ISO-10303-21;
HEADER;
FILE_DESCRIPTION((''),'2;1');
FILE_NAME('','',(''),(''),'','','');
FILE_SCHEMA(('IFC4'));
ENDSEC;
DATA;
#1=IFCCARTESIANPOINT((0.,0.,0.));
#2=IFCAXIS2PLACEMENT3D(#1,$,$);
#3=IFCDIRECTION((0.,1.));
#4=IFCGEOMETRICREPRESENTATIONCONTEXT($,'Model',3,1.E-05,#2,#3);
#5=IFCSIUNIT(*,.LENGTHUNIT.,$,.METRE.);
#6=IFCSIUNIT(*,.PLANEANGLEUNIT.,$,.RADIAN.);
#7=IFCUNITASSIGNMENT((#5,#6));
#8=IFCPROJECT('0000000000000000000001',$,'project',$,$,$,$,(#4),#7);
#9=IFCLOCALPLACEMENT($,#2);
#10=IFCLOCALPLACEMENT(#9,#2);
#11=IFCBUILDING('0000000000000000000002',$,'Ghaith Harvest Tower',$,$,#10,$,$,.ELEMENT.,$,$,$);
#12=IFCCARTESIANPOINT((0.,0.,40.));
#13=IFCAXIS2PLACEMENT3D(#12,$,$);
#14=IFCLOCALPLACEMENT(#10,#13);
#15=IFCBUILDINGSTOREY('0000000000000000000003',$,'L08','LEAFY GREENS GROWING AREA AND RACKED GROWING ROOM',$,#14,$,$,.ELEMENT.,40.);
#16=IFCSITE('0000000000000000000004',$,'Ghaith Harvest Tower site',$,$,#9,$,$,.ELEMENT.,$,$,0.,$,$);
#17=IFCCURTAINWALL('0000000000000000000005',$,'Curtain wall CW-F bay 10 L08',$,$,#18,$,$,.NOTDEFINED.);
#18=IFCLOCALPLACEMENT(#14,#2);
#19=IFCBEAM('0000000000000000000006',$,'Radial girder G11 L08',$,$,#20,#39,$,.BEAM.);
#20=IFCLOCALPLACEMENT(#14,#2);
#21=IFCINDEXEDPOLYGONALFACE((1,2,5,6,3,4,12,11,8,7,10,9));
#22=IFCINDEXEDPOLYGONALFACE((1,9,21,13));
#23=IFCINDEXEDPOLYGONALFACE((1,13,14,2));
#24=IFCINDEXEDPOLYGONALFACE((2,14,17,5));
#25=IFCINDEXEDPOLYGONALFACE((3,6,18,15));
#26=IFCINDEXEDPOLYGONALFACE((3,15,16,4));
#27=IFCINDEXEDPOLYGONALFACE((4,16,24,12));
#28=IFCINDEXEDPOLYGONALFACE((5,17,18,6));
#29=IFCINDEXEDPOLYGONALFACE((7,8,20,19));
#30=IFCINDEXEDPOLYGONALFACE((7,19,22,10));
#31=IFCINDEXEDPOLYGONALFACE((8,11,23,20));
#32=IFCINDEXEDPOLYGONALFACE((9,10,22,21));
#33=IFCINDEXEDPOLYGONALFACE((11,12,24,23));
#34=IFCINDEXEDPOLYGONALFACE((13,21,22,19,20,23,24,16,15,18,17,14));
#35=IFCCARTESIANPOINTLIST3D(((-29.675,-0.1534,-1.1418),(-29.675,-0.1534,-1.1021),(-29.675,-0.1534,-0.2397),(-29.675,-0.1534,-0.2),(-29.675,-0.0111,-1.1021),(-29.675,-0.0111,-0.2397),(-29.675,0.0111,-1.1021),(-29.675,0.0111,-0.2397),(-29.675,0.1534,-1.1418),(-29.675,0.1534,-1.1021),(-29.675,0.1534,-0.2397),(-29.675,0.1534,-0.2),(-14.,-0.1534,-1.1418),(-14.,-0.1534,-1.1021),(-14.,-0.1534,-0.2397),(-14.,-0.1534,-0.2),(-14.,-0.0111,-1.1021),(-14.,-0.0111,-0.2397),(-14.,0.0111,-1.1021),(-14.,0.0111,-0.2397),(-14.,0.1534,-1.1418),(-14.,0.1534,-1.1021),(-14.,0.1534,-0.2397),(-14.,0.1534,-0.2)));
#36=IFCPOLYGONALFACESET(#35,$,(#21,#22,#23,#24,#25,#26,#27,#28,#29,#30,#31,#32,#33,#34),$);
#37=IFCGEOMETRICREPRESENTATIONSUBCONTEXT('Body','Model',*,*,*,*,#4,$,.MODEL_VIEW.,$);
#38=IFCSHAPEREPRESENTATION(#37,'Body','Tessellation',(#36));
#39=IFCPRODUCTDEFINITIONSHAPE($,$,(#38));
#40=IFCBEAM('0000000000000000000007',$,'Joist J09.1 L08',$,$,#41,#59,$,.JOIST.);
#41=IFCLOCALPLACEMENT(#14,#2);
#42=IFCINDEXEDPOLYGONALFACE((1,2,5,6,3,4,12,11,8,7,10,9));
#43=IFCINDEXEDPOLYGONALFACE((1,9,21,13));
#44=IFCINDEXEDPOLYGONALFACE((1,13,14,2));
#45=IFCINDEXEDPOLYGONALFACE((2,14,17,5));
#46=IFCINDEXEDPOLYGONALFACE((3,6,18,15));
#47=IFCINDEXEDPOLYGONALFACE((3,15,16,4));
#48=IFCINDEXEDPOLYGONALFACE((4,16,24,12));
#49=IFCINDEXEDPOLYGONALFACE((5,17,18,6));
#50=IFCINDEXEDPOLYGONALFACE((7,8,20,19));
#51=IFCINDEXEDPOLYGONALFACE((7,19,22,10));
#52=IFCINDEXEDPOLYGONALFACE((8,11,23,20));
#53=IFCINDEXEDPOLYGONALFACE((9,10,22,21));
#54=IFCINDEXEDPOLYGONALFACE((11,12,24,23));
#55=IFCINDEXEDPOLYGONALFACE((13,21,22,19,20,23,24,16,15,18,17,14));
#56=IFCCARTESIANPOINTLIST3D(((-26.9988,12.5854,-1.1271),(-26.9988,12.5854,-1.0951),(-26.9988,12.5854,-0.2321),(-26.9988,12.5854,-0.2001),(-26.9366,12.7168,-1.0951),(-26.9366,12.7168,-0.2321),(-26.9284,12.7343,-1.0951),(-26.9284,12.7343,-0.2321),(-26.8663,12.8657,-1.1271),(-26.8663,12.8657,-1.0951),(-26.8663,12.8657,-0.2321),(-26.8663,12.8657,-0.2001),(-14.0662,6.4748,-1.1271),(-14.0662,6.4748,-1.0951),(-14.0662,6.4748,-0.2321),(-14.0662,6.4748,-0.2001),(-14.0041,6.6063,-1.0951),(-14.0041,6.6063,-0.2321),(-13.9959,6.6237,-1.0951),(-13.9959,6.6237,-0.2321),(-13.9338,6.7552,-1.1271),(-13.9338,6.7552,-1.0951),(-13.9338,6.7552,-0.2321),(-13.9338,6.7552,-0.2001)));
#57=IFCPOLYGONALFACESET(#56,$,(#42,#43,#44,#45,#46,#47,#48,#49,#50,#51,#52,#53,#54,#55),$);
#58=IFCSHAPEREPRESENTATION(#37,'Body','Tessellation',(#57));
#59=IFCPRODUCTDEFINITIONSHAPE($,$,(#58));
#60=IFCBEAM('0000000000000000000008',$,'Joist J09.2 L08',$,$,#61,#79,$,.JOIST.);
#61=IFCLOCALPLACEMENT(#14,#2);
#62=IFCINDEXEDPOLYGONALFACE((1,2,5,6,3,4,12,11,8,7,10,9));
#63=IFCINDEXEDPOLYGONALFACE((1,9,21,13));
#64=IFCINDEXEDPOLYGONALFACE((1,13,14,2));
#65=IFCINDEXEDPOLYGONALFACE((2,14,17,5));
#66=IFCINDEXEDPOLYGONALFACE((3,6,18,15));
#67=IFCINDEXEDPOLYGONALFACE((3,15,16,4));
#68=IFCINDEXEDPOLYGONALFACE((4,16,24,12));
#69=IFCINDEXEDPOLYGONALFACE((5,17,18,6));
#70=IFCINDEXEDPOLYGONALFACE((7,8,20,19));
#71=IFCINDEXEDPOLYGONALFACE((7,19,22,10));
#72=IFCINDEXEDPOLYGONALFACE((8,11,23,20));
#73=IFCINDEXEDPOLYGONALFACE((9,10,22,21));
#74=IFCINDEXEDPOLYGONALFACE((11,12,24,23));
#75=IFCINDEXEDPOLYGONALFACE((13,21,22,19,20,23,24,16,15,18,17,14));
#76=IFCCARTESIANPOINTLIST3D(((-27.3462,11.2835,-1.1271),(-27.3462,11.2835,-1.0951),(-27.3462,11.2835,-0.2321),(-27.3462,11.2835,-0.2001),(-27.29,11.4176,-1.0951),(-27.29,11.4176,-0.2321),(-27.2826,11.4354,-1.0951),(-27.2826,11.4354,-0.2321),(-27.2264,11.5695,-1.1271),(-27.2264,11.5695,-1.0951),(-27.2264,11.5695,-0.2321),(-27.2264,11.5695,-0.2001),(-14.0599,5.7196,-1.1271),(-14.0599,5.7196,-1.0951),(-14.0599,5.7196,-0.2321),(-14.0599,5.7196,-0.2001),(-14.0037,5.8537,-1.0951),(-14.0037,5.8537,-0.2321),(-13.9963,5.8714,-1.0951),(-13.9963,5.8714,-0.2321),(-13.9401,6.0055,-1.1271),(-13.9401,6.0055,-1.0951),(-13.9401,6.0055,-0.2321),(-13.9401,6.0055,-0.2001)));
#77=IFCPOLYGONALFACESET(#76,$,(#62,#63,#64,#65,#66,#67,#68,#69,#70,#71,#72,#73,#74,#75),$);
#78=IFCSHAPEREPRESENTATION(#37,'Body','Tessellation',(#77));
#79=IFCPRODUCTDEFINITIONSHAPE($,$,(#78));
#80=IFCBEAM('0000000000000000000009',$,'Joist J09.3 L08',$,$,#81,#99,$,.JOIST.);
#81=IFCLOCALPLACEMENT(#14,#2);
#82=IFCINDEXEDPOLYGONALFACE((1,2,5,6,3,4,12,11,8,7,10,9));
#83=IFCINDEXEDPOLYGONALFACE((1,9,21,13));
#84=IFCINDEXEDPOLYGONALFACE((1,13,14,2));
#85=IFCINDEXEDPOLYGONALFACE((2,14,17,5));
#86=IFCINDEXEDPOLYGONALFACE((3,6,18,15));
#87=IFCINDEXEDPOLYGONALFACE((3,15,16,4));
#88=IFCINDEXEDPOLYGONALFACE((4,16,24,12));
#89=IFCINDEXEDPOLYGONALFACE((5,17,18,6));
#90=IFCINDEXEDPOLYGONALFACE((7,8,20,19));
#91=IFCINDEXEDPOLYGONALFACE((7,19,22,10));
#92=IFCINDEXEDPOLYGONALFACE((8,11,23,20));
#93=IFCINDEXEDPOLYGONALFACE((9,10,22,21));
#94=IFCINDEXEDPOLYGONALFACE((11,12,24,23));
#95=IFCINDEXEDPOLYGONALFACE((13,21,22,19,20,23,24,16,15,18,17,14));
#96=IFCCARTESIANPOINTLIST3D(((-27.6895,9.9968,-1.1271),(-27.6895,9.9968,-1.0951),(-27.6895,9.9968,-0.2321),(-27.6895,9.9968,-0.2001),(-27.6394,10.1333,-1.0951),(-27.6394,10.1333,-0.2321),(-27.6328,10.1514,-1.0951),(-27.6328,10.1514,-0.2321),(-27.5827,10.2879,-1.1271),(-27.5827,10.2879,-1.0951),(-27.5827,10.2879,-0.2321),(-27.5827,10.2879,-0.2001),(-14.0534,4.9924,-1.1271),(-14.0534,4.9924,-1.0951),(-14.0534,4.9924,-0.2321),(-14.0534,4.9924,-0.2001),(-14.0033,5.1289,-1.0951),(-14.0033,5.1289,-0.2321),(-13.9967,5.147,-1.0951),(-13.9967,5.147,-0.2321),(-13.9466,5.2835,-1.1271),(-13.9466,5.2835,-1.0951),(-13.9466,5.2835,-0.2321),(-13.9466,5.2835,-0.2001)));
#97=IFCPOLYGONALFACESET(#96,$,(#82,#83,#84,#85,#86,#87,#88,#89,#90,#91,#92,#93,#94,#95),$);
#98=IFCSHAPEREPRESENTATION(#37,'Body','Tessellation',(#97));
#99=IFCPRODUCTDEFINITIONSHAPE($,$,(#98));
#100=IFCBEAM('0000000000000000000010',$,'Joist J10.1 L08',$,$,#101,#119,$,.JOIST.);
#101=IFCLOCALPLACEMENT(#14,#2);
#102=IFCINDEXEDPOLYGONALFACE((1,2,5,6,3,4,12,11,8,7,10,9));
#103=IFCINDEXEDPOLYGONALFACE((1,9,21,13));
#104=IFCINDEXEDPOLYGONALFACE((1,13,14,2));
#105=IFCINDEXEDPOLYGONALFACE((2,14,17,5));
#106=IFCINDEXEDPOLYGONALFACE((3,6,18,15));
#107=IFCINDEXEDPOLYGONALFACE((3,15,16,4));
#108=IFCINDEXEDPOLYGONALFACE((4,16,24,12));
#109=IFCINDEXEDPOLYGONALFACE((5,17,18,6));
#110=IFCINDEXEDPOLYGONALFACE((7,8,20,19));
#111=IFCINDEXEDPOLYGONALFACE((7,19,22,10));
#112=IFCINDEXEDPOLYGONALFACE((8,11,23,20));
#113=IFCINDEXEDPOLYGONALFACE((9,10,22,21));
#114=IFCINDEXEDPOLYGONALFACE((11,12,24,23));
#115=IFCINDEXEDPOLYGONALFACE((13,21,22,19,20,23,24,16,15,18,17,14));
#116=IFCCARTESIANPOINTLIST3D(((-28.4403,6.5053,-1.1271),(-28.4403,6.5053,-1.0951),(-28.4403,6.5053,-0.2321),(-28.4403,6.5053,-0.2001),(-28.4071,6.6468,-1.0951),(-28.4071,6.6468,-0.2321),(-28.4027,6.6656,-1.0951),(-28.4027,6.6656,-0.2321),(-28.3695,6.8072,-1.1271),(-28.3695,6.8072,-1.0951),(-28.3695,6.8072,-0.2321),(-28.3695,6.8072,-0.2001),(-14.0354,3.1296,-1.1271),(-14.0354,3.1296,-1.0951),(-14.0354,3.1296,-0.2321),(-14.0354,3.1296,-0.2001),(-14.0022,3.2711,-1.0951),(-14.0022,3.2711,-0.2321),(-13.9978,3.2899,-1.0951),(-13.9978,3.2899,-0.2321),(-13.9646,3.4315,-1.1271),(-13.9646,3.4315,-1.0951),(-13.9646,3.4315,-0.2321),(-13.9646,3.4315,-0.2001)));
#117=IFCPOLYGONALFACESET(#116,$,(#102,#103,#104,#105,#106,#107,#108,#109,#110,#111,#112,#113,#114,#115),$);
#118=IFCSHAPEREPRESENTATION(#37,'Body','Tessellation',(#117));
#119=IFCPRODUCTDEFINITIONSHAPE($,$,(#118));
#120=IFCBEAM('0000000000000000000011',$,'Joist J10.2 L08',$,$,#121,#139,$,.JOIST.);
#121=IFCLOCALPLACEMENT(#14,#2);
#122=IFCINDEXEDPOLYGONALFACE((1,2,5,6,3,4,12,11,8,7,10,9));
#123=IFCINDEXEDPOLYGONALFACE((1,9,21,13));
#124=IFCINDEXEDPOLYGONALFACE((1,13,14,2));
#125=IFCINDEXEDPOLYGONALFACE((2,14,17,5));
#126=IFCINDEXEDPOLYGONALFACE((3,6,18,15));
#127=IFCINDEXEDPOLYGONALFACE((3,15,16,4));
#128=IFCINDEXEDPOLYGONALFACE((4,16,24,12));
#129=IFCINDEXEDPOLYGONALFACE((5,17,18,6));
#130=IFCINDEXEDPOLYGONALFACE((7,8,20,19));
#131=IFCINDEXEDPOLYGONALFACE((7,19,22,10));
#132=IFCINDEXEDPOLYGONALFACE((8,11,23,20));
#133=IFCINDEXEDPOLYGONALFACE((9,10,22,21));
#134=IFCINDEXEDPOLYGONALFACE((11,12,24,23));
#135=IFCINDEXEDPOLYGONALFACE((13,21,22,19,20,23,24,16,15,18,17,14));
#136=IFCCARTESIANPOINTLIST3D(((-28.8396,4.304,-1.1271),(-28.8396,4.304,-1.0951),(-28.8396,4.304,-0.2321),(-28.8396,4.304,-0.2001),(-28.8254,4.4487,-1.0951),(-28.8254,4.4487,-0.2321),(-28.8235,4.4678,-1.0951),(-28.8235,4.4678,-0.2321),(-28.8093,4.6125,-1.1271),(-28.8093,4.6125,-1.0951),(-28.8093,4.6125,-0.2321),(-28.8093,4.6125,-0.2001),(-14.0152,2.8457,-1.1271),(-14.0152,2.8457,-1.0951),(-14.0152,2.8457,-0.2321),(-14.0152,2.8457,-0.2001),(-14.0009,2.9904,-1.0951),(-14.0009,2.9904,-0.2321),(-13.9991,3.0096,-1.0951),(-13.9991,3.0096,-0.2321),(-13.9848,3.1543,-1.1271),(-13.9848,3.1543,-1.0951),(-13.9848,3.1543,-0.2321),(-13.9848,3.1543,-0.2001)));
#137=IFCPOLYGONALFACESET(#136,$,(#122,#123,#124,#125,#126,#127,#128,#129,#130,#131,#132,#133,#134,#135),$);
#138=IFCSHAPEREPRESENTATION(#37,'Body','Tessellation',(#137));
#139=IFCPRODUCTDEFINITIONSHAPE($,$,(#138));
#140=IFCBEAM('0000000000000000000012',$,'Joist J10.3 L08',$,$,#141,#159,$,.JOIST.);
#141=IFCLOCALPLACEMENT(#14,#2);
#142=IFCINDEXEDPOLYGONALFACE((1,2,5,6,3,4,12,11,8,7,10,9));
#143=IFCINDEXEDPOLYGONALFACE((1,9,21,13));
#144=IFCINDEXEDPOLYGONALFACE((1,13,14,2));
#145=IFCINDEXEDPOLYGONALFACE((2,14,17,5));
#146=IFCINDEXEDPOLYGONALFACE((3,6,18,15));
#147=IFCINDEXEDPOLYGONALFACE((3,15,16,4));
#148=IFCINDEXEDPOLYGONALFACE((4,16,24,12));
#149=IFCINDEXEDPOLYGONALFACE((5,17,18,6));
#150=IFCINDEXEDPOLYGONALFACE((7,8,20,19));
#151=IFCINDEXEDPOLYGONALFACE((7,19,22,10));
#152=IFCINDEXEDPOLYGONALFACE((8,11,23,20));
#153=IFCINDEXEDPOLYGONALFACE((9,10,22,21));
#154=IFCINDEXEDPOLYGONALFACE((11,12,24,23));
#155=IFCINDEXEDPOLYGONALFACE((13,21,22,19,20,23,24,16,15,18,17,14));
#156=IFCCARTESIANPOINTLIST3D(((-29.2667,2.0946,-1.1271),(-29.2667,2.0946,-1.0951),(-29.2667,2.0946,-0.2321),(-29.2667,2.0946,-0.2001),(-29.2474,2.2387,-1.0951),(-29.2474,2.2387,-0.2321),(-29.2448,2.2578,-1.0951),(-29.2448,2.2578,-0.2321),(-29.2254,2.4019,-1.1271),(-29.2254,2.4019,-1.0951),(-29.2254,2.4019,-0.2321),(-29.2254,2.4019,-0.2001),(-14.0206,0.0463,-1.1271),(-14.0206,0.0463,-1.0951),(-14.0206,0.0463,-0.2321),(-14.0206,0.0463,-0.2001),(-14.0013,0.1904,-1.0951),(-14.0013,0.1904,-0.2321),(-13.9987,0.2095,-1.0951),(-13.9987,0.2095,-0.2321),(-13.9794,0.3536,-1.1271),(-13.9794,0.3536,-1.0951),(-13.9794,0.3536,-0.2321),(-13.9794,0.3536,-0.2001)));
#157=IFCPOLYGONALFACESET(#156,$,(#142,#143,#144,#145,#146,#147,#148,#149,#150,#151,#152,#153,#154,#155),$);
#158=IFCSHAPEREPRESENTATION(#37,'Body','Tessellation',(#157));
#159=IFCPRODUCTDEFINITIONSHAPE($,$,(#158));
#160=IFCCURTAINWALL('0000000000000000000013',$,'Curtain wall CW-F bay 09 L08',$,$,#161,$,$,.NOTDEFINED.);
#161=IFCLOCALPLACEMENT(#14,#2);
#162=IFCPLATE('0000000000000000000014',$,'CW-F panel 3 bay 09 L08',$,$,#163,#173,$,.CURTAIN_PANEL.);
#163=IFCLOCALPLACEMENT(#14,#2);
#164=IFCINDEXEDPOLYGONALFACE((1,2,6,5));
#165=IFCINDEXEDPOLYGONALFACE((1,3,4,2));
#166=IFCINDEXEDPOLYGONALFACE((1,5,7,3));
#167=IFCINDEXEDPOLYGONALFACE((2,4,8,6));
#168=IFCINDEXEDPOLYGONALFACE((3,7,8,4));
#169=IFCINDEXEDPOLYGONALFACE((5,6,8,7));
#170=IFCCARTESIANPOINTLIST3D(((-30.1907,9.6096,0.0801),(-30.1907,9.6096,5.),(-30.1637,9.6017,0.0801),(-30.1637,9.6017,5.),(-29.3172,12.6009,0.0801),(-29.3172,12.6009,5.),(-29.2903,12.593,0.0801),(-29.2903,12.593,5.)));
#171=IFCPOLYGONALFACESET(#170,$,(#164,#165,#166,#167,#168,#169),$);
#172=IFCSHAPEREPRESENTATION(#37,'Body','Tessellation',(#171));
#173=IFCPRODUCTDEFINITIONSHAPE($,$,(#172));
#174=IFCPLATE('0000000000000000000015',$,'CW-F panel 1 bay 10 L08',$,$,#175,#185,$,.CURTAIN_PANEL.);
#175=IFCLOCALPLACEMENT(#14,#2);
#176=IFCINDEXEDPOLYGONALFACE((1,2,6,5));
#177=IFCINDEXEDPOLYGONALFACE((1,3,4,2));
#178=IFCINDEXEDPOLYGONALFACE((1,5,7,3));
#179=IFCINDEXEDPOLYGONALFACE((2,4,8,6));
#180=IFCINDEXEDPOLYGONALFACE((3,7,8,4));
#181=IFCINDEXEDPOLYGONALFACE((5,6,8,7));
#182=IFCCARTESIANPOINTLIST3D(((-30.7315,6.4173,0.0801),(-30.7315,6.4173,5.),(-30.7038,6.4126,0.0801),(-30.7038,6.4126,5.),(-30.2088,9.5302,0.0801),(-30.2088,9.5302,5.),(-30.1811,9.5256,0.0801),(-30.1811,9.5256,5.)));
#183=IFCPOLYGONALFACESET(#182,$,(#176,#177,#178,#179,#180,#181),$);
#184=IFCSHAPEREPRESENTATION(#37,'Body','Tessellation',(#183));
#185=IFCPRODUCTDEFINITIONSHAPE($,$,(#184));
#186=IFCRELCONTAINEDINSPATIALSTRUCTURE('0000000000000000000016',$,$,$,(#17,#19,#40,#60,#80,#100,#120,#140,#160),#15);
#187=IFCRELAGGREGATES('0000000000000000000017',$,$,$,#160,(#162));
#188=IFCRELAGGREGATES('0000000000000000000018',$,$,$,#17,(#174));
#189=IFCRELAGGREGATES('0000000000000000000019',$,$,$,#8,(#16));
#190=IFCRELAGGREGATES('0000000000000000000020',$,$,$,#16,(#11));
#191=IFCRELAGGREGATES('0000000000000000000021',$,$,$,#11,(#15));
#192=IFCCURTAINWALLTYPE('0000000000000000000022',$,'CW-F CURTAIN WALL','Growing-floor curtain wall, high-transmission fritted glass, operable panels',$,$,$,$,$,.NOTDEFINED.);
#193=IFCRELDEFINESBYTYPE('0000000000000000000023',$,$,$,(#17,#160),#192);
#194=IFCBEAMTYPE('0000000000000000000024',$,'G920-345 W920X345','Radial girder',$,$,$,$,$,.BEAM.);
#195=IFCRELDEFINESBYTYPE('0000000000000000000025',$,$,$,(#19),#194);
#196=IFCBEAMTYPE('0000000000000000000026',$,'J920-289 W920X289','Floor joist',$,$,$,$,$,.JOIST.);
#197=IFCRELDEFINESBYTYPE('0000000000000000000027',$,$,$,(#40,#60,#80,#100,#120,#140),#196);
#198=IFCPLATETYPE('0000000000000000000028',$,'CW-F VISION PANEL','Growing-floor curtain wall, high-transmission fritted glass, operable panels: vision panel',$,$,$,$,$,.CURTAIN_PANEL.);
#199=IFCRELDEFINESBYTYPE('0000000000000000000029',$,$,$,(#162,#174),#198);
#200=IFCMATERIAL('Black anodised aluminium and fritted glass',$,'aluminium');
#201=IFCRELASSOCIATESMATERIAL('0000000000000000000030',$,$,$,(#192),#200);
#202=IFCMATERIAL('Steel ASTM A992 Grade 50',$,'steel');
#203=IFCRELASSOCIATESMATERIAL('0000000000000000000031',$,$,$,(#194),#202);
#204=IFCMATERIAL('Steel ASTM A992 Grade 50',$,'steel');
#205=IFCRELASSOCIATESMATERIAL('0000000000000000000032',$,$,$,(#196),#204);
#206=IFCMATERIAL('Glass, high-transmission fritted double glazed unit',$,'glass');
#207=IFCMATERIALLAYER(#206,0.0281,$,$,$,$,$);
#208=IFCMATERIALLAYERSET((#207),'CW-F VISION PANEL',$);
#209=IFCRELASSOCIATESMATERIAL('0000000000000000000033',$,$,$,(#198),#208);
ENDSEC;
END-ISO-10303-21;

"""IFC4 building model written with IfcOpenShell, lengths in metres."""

from ifc_helpers import new_model, si_unit, direction, frame, origin, origin_2d, place, context, subcontext, project, spatial, rectangle, i_section, extrude, material, layer, layer_set, material_profile, profile_set, type_object, element, aggregate, save


model = new_model("IFC4")

# Units and contexts
model_context = context("Model", 3, precision=1e-05, world=origin(), true_north=direction((0.0, 1.0)))
body_context = subcontext(model_context, "Body", "Model", "MODEL_VIEW")
ifc_project = project(units=[si_unit("LENGTHUNIT", "METRE"), si_unit("PLANEANGLEUNIT", "RADIAN")], contexts=[model_context])

# Site, building, storey
site_placement = place(None, origin())
site = spatial("IfcSite", under=ifc_project, at=site_placement, Name="Ghaith Harvest Tower site", CompositionType="ELEMENT", RefElevation=0.0)
building_placement = place(site_placement, origin())
building = spatial("IfcBuilding", under=site, at=building_placement, Name="Ghaith Harvest Tower", CompositionType="ELEMENT")
storey_placement = place(building_placement, frame((0.0, 0.0, 40.0)))
storey = spatial("IfcBuildingStorey", under=building, at=storey_placement, Name="L08", Description="LEAFY GREENS GROWING AREA AND RACKED GROWING ROOM", CompositionType="ELEMENT", Elevation=40.0)

# Curtain wall
ifc_material_1 = material(Name="Black anodised aluminium and fritted glass", Category="aluminium")
curtain_wall_type = type_object("IfcCurtainWallType", Name="CW-F CURTAIN WALL", Description="Growing-floor curtain wall, high-transmission fritted glass, operable panels", PredefinedType="NOTDEFINED", material=ifc_material_1)
curtain_wall_1_placement = place(storey_placement, origin())
curtain_wall_1 = element("IfcCurtainWall", 1, at=curtain_wall_1_placement, inside=storey, type_object=curtain_wall_type, Name="Curtain wall CW-F bay 10 L08", PredefinedType="NOTDEFINED")

# Beams
ifc_material_2 = material(Name="Steel ASTM A992 Grade 50", Category="steel")
ifc_material_profile_1 = material_profile(ifc_material_2, i_section(OverallWidth=0.3069, OverallDepth=0.9419, WebThickness=0.0222, FlangeThickness=0.0398, at=origin_2d()), Name="W920X345")
ifc_profile_set_1 = profile_set([ifc_material_profile_1], Name="Steel ASTM A992 Grade 50")
beam_type_1 = type_object("IfcBeamType", Name="G920-345 W920X345", Description="Radial girder", PredefinedType="BEAM", material=ifc_profile_set_1)
beam_1_placement = place(storey_placement, frame((-14.0, 0.0, -0.6709), z_axis=(-1.0, 0.0, 0.0), x_axis=(0.0, -1.0, 0.0)))
element("IfcBeam", 2, at=beam_1_placement, inside=storey, type_object=beam_type_1, Name="Radial girder G11 L08", PredefinedType="BEAM", context=body_context, shape_type="SweptSolid", body=[
    extrude(i_section(OverallWidth=0.3069, OverallDepth=0.9419, WebThickness=0.0222, FlangeThickness=0.0398, at=origin_2d()), origin(), (0.0, 0.0, 1.0), 15.675),
])
ifc_material_3 = material(Name="Steel ASTM A992 Grade 50", Category="steel")
ifc_material_profile_2 = material_profile(ifc_material_3, i_section(OverallWidth=0.3101, OverallDepth=0.927, WebThickness=0.0193, FlangeThickness=0.032, at=origin_2d()), Name="W920X289")
ifc_profile_set_2 = profile_set([ifc_material_profile_2], Name="Steel ASTM A992 Grade 50")
beam_type_2 = type_object("IfcBeamType", Name="J920-289 W920X289", Description="Floor joist", PredefinedType="JOIST", material=ifc_profile_set_2)
beam_2_placement = place(storey_placement, frame((-14.0, 6.615, -0.6636), z_axis=(-0.904153, 0.427208, 0.0), x_axis=(-0.427208, -0.904153, 0.0)))
element("IfcBeam", 3, at=beam_2_placement, inside=storey, type_object=beam_type_2, Name="Joist J09.1 L08", PredefinedType="JOIST", context=body_context, shape_type="SweptSolid", body=[
    extrude(i_section(OverallWidth=0.3101, OverallDepth=0.927, WebThickness=0.0193, FlangeThickness=0.032, at=origin_2d()), origin(), (0.0, 0.0, 1.0), 14.3035),
])
beam_3_placement = place(storey_placement, frame((-14.0, 5.8625, -0.6636), z_axis=(-0.922386, 0.38627, 0.0), x_axis=(-0.38627, -0.922386, 0.0)))
element("IfcBeam", 4, at=beam_3_placement, inside=storey, type_object=beam_type_2, Name="Joist J09.2 L08", PredefinedType="JOIST", context=body_context, shape_type="SweptSolid", body=[
    extrude(i_section(OverallWidth=0.3101, OverallDepth=0.927, WebThickness=0.0193, FlangeThickness=0.032, at=origin_2d()), origin(), (0.0, 0.0, 1.0), 14.4043),
])
beam_4_placement = place(storey_placement, frame((-14.0, 5.1379, -0.6636), z_axis=(-0.938775, 0.34453, 0.0), x_axis=(-0.34453, -0.938775, 0.0)))
element("IfcBeam", 5, at=beam_4_placement, inside=storey, type_object=beam_type_2, Name="Joist J09.3 L08", PredefinedType="JOIST", context=body_context, shape_type="SweptSolid", body=[
    extrude(i_section(OverallWidth=0.3101, OverallDepth=0.927, WebThickness=0.0193, FlangeThickness=0.032, at=origin_2d()), origin(), (0.0, 0.0, 1.0), 14.5254),
])
beam_5_placement = place(storey_placement, frame((-14.0, 3.2805, -0.6636), z_axis=(-0.973623, 0.228163, 0.0), x_axis=(-0.228163, -0.973623, 0.0)))
element("IfcBeam", 6, at=beam_5_placement, inside=storey, type_object=beam_type_2, Name="Joist J10.1 L08", PredefinedType="JOIST", context=body_context, shape_type="SweptSolid", body=[
    extrude(i_section(OverallWidth=0.3101, OverallDepth=0.927, WebThickness=0.0193, FlangeThickness=0.032, at=origin_2d()), origin(), (0.0, 0.0, 1.0), 14.7952),
])
beam_6_placement = place(storey_placement, frame((-14.0, 3.0, -0.6636), z_axis=(-0.995197, 0.097895, 0.0), x_axis=(-0.097895, -0.995197, 0.0)))
element("IfcBeam", 7, at=beam_6_placement, inside=storey, type_object=beam_type_2, Name="Joist J10.2 L08", PredefinedType="JOIST", context=body_context, shape_type="SweptSolid", body=[
    extrude(i_section(OverallWidth=0.3101, OverallDepth=0.927, WebThickness=0.0193, FlangeThickness=0.032, at=origin_2d()), origin(), (0.0, 0.0, 1.0), 14.896),
])
beam_7_placement = place(storey_placement, frame((-14.0, 0.2, -0.6636), z_axis=(-0.991095, 0.133155, 0.0), x_axis=(-0.133155, -0.991095, 0.0)))
element("IfcBeam", 8, at=beam_7_placement, inside=storey, type_object=beam_type_2, Name="Joist J10.3 L08", PredefinedType="JOIST", context=body_context, shape_type="SweptSolid", body=[
    extrude(i_section(OverallWidth=0.3101, OverallDepth=0.927, WebThickness=0.0193, FlangeThickness=0.032, at=origin_2d()), origin(), (0.0, 0.0, 1.0), 15.3831),
])

# Curtain wall, plate
curtain_wall_2_placement = place(storey_placement, origin())
curtain_wall_2 = element("IfcCurtainWall", 9, at=curtain_wall_2_placement, inside=storey, type_object=curtain_wall_type, Name="Curtain wall CW-F bay 09 L08", PredefinedType="NOTDEFINED")
ifc_material_4 = material(Name="Glass, high-transmission fritted double glazed unit", Category="glass")
ifc_layer_1 = layer(ifc_material_4, 0.0281)
ifc_layer_set_1 = layer_set([ifc_layer_1], Name="CW-F VISION PANEL")
plate_type = type_object("IfcPlateType", Name="CW-F VISION PANEL", Description="Growing-floor curtain wall, high-transmission fritted glass, operable panels: vision panel", PredefinedType="CURTAIN_PANEL", material=ifc_layer_set_1)
plate_1_placement = place(storey_placement, frame((-29.7405, 11.1013, 0.0801), z_axis=(0.0, 0.0, 1.0), x_axis=(-0.280297, -0.959913, 0.0)))
plate_1 = element("IfcPlate", 10, at=plate_1_placement, type_object=plate_type, Name="CW-F panel 3 bay 09 L08", PredefinedType="CURTAIN_PANEL", context=body_context, shape_type="SweptSolid", body=[
    extrude(rectangle(XDim=3.1162, YDim=0.0281, at=origin_2d()), origin(), (0.0, 0.0, 1.0), 4.9199),
])
aggregate(curtain_wall_2, [plate_1])

# Plate
plate_2_placement = place(storey_placement, frame((-30.4563, 7.9714, 0.0801), z_axis=(0.0, 0.0, 1.0), x_axis=(-0.165581, -0.986196, 0.0)))
plate_2 = element("IfcPlate", 11, at=plate_2_placement, type_object=plate_type, Name="CW-F panel 1 bay 10 L08", PredefinedType="CURTAIN_PANEL", context=body_context, shape_type="SweptSolid", body=[
    extrude(rectangle(XDim=3.1565, YDim=0.0281, at=origin_2d()), origin(), (0.0, 0.0, 1.0), 4.9199),
])
aggregate(curtain_wall_1, [plate_2])

save(model, "model.ifc")
